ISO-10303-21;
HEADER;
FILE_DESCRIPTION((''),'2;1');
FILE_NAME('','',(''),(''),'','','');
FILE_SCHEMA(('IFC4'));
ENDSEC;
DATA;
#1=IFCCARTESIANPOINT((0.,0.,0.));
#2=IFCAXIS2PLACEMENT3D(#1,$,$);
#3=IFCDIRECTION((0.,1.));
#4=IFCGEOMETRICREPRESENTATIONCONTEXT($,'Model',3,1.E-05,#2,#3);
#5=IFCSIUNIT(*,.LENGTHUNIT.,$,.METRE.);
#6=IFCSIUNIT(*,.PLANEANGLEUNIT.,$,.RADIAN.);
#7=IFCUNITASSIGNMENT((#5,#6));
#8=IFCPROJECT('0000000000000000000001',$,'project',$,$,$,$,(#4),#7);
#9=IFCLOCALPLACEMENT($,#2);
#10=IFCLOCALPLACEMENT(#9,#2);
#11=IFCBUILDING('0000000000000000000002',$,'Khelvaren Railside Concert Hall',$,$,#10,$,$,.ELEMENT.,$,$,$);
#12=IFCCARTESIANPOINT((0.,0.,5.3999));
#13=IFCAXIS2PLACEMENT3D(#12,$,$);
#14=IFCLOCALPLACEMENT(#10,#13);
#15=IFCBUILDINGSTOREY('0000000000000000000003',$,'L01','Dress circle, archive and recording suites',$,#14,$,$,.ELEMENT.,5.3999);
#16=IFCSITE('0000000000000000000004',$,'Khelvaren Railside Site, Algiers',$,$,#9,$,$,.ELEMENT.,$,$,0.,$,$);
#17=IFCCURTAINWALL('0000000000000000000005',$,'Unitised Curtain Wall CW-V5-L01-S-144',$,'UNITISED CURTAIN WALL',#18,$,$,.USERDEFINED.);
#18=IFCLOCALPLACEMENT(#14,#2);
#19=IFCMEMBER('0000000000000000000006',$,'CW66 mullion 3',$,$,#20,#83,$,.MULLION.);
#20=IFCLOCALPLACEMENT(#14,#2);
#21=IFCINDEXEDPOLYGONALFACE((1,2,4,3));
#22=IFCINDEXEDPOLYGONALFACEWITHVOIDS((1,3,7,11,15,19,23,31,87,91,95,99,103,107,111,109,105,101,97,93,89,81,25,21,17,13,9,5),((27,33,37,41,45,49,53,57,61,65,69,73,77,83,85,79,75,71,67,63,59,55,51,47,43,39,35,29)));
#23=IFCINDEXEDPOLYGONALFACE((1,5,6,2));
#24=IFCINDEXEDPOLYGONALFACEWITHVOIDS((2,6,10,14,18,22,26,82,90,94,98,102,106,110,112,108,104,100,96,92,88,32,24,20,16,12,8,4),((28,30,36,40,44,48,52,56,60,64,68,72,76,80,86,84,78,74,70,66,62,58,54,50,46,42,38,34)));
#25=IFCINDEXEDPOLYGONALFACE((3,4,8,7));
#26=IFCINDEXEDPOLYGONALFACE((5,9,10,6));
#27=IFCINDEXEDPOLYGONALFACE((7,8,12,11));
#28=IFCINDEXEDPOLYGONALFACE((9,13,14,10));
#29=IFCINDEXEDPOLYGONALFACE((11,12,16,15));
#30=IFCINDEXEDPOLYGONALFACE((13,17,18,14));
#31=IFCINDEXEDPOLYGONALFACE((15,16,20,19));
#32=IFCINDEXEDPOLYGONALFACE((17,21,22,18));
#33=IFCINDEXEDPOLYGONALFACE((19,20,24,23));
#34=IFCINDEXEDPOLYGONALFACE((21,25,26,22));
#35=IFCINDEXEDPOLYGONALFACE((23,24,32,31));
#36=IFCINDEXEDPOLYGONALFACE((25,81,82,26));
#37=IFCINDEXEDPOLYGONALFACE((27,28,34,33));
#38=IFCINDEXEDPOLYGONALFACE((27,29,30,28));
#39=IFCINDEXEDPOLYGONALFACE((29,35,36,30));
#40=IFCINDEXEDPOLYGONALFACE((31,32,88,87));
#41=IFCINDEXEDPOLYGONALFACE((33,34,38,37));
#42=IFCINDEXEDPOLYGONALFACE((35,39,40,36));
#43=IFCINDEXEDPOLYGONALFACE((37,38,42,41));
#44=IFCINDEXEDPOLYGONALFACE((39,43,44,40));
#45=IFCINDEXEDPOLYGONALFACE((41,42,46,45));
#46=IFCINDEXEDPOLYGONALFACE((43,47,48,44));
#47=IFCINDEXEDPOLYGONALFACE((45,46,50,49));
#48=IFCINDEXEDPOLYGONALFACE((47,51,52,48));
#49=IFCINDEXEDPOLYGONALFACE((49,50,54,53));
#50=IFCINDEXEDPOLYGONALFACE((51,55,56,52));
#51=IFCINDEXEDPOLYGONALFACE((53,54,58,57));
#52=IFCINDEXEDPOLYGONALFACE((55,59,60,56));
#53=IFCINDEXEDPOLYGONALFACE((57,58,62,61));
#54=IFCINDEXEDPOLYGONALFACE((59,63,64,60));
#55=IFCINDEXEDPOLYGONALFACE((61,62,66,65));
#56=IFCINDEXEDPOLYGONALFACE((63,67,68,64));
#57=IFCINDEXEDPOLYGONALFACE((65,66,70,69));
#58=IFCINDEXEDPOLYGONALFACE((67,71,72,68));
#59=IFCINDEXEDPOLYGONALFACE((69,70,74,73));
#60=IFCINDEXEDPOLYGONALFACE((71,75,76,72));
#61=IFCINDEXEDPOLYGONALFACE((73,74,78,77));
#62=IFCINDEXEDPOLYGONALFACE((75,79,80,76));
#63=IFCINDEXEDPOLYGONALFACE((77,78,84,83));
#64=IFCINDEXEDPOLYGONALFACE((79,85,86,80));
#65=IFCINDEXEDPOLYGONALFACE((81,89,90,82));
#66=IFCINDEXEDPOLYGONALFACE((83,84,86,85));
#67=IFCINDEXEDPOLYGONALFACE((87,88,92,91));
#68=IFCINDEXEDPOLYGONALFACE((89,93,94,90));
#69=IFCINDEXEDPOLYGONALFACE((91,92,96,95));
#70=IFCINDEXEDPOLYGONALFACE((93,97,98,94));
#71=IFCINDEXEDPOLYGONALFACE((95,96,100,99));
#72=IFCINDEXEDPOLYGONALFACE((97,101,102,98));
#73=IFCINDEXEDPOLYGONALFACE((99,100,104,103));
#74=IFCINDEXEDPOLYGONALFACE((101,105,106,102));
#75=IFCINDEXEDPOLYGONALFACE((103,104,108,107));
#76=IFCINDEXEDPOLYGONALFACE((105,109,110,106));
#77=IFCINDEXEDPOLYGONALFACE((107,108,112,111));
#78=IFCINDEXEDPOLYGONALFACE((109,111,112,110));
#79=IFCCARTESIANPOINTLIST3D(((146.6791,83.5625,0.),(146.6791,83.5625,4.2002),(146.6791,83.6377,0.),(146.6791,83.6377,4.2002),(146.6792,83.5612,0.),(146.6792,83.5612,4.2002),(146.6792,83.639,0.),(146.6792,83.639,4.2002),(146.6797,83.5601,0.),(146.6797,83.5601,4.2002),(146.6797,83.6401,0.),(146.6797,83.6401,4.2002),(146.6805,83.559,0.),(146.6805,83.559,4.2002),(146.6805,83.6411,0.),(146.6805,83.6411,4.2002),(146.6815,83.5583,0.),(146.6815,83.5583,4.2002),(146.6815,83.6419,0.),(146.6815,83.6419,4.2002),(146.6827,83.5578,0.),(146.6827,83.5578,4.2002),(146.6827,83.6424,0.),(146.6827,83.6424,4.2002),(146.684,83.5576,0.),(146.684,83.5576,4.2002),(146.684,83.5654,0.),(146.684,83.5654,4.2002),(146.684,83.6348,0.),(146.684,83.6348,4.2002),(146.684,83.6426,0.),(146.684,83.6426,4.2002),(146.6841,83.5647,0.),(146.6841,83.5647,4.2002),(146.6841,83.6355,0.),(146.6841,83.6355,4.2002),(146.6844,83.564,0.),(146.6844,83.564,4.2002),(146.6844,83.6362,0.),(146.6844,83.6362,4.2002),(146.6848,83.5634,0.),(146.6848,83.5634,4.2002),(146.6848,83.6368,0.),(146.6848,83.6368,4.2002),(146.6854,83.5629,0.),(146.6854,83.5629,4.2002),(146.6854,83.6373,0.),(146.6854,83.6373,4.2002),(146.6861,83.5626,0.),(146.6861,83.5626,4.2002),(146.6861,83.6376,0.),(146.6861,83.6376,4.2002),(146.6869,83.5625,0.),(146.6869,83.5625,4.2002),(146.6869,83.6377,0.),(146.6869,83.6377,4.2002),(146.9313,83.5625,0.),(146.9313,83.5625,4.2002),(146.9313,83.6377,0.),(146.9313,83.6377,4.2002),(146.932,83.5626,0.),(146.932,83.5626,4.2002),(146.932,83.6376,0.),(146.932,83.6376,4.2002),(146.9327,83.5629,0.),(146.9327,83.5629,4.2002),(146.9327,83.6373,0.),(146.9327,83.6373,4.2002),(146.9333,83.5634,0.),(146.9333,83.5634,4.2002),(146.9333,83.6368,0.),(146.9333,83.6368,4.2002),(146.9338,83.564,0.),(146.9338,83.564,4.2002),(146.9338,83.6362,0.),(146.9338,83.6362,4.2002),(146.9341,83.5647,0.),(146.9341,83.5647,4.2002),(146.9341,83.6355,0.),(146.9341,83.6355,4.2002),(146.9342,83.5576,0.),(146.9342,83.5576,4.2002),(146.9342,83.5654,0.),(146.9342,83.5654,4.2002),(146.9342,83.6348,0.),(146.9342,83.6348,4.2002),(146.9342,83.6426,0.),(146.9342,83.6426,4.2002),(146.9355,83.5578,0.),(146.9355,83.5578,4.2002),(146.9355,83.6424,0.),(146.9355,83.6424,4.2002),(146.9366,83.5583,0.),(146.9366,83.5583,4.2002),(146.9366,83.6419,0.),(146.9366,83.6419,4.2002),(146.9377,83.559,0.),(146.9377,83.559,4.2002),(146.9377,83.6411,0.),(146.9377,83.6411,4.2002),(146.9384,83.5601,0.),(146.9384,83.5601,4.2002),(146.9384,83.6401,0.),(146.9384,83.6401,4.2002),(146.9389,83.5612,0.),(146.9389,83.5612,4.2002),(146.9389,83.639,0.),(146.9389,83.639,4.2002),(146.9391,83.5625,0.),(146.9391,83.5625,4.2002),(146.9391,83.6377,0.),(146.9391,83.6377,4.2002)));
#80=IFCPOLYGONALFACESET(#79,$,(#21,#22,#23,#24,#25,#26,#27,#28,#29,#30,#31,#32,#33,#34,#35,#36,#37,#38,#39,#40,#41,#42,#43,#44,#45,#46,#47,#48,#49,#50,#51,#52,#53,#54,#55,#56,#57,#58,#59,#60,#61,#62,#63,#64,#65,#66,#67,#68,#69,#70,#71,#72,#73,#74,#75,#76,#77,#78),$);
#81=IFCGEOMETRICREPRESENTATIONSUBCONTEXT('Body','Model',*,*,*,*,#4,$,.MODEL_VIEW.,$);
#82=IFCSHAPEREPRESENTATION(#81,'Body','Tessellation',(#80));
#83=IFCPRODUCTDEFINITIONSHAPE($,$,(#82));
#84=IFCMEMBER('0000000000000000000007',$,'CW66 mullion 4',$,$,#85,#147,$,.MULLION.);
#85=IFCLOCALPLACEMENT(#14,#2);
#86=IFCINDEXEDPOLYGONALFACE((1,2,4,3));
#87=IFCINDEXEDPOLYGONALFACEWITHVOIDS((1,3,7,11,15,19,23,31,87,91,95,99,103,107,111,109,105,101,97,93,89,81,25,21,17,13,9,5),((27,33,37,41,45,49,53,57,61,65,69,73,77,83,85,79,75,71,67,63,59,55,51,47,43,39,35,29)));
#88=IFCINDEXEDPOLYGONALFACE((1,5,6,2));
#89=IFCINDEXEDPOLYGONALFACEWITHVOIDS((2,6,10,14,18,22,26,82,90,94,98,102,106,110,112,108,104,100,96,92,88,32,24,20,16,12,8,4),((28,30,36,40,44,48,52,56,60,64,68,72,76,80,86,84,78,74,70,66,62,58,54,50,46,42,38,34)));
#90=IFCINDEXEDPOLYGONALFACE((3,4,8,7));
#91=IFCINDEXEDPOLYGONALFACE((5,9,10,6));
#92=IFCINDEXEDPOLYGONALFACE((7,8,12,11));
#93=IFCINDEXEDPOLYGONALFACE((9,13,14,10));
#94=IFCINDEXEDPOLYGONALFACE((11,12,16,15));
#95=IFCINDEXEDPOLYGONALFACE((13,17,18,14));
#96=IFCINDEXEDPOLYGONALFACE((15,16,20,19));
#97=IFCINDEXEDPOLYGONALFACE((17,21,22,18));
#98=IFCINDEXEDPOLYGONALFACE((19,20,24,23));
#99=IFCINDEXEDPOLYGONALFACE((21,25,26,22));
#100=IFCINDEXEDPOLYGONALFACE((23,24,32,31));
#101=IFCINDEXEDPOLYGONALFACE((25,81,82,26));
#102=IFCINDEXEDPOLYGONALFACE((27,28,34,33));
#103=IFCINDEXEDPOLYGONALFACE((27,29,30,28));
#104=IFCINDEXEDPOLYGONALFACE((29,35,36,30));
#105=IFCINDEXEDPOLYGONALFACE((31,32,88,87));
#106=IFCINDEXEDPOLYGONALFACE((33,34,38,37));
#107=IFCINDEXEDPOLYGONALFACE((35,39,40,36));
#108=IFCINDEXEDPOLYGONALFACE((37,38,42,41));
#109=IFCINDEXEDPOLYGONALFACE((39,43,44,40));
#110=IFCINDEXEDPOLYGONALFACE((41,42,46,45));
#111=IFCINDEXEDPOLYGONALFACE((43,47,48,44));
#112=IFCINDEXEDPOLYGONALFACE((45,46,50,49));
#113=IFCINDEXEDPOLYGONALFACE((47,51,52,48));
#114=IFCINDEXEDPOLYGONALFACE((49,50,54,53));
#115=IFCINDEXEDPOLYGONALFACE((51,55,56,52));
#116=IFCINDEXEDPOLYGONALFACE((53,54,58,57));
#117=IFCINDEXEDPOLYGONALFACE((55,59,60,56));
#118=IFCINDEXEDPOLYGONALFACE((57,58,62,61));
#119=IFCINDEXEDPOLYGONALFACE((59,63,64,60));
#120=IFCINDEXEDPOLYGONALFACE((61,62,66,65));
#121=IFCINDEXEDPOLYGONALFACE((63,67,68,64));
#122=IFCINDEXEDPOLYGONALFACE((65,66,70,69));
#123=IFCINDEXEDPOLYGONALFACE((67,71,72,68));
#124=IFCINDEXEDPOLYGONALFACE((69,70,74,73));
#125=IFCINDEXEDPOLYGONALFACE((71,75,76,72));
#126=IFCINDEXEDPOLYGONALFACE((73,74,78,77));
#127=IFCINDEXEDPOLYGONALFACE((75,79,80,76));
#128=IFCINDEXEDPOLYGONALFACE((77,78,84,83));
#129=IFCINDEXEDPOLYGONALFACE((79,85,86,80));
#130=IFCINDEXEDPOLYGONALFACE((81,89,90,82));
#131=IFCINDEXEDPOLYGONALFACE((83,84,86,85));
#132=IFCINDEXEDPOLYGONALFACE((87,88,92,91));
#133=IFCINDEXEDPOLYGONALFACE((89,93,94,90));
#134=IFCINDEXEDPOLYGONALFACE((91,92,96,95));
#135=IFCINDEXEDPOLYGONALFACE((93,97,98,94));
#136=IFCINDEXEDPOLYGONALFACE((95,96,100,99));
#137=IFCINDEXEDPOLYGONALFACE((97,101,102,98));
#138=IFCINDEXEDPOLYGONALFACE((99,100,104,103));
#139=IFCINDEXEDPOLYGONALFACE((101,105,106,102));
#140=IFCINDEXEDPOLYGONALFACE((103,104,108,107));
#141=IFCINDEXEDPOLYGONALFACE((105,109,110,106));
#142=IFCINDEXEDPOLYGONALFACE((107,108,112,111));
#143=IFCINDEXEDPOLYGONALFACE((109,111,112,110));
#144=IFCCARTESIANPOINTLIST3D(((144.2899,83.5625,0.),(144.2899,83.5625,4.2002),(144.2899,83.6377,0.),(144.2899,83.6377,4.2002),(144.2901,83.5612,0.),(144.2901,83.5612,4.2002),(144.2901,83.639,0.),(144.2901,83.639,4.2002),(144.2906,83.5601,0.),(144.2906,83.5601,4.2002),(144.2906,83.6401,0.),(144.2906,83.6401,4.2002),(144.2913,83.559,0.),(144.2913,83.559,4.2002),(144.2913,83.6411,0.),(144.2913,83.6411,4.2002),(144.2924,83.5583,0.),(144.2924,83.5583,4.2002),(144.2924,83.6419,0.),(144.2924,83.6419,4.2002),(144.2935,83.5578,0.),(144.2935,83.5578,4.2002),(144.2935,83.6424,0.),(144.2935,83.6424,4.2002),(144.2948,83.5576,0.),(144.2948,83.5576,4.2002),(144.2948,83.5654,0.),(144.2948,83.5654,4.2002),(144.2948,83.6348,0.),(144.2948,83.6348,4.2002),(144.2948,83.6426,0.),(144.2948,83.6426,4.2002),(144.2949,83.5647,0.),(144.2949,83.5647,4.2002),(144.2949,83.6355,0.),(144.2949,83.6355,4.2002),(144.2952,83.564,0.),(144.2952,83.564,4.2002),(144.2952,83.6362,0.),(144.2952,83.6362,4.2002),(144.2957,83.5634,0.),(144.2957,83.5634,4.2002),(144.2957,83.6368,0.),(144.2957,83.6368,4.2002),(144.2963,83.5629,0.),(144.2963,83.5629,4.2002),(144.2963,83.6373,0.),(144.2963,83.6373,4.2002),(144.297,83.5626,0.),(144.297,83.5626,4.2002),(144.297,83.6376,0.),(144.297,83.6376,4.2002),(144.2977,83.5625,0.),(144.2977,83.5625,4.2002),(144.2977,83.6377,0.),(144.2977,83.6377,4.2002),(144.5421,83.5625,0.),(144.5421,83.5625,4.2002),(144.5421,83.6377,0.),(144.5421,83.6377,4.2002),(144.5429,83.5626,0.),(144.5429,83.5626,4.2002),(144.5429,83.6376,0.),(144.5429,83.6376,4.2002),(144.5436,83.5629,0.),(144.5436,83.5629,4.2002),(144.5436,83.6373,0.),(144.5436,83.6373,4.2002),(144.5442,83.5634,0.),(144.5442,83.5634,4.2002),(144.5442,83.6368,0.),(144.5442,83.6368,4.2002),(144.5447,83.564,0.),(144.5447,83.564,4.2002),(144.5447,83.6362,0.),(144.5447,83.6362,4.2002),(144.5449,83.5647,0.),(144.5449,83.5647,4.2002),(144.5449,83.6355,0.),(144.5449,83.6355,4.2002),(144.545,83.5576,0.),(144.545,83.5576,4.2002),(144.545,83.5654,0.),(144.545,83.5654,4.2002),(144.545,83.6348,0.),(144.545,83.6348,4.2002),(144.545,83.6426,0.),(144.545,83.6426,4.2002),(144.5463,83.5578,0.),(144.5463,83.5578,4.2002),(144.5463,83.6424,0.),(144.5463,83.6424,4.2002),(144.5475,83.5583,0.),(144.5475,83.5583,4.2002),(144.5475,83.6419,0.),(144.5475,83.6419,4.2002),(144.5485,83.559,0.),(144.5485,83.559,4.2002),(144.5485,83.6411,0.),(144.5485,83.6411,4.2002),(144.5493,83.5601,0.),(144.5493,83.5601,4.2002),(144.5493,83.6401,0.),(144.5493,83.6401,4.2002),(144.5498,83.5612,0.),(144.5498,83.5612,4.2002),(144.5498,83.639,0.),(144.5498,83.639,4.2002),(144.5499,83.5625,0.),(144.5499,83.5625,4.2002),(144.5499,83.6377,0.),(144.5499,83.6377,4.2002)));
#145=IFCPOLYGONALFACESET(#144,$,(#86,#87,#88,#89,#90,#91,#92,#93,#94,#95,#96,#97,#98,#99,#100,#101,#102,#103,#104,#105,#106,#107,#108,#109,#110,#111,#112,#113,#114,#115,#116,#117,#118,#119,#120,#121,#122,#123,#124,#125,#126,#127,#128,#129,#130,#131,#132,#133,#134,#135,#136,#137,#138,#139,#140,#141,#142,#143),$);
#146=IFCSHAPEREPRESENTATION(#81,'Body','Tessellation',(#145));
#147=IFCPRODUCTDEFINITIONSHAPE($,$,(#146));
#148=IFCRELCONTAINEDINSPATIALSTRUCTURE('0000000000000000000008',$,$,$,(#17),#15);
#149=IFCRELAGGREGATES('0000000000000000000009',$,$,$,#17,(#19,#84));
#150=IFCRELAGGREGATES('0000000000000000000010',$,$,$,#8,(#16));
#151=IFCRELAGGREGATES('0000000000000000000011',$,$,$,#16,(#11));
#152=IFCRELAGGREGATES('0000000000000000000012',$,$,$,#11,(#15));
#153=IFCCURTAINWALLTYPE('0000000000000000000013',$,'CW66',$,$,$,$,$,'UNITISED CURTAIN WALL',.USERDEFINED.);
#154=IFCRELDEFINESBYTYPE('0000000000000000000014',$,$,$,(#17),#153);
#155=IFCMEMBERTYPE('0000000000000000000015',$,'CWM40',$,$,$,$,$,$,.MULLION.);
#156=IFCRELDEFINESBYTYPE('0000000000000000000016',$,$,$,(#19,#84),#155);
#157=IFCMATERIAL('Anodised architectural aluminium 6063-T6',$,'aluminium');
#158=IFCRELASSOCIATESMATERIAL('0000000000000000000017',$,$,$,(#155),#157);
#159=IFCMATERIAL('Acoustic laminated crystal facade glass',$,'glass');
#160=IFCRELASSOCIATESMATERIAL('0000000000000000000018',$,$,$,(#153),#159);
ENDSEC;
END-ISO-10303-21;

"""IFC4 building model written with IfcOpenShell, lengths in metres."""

from ifc_helpers import new_model, si_unit, direction, frame, origin, origin_2d, place, context, subcontext, project, spatial, hollow_rectangle, extrude, material, material_profile, profile_set, type_object, element, aggregate, save


model = new_model("IFC4")

# Units and contexts
model_context = context("Model", 3, precision=1e-05, world=origin(), true_north=direction((0.0, 1.0)))
body_context = subcontext(model_context, "Body", "Model", "MODEL_VIEW")
ifc_project = project(units=[si_unit("LENGTHUNIT", "METRE"), si_unit("PLANEANGLEUNIT", "RADIAN")], contexts=[model_context])

# Site, building, storey
site_placement = place(None, origin())
site = spatial("IfcSite", under=ifc_project, at=site_placement, Name="Khelvaren Railside Site, Algiers", CompositionType="ELEMENT", RefElevation=0.0)
building_placement = place(site_placement, origin())
building = spatial("IfcBuilding", under=site, at=building_placement, Name="Khelvaren Railside Concert Hall", CompositionType="ELEMENT")
storey_placement = place(building_placement, frame((0.0, 0.0, 5.3999)))
storey = spatial("IfcBuildingStorey", under=building, at=storey_placement, Name="L01", Description="Dress circle, archive and recording suites", CompositionType="ELEMENT", Elevation=5.3999)

# Shared definitions
ifc_material_1 = material(Name="Acoustic laminated crystal facade glass", Category="glass")
ifc_material_2 = material(Name="Anodised architectural aluminium 6063-T6", Category="aluminium")
ifc_material_profile_1 = material_profile(ifc_material_2, hollow_rectangle(XDim=0.085, YDim=0.26, WallThickness=0.0049, InnerFilletRadius=0.0029, OuterFilletRadius=0.0049, at=origin_2d()), Name="CWM 85x260x5")
ifc_profile_set_1 = profile_set([ifc_material_profile_1], Name="Anodised architectural aluminium 6063-T6")
member_type_1 = type_object("IfcMemberType", Name="CWM40", PredefinedType="MULLION", material=ifc_profile_set_1)

# Curtain wall, members
curtain_wall_type_1 = type_object("IfcCurtainWallType", Name="CW66", ElementType="UNITISED CURTAIN WALL", PredefinedType="USERDEFINED", material=ifc_material_1)
curtain_wall_1_placement = place(storey_placement, origin())
curtain_wall_1 = element("IfcCurtainWall", 1, at=curtain_wall_1_placement, inside=storey, type_object=curtain_wall_type_1, Name="Unitised Curtain Wall CW-V5-L01-S-144", ObjectType="UNITISED CURTAIN WALL", PredefinedType="USERDEFINED")
member_1_placement = place(storey_placement, frame((146.8091, 83.6001, 0.0), z_axis=(0.0, 0.0, 1.0), x_axis=(0.0, -1.0, 0.0)))
member_1 = element("IfcMember", 2, at=member_1_placement, type_object=member_type_1, Name="CW66 mullion 3", PredefinedType="MULLION", context=body_context, shape_type="SweptSolid", body=[
    extrude(hollow_rectangle(XDim=0.085, YDim=0.26, WallThickness=0.0049, InnerFilletRadius=0.0029, OuterFilletRadius=0.0049, at=origin_2d()), origin(), (0.0, 0.0, 1.0), 4.2002),
])
member_2_placement = place(storey_placement, frame((144.4199, 83.6001, 0.0), z_axis=(0.0, 0.0, 1.0), x_axis=(0.0, -1.0, 0.0)))
member_2 = element("IfcMember", 3, at=member_2_placement, type_object=member_type_1, Name="CW66 mullion 4", PredefinedType="MULLION", context=body_context, shape_type="SweptSolid", body=[
    extrude(hollow_rectangle(XDim=0.085, YDim=0.26, WallThickness=0.0049, InnerFilletRadius=0.0029, OuterFilletRadius=0.0049, at=origin_2d()), origin(), (0.0, 0.0, 1.0), 4.2002),
])

aggregate(curtain_wall_1, [member_1, member_2])

save(model, "model.ifc")
